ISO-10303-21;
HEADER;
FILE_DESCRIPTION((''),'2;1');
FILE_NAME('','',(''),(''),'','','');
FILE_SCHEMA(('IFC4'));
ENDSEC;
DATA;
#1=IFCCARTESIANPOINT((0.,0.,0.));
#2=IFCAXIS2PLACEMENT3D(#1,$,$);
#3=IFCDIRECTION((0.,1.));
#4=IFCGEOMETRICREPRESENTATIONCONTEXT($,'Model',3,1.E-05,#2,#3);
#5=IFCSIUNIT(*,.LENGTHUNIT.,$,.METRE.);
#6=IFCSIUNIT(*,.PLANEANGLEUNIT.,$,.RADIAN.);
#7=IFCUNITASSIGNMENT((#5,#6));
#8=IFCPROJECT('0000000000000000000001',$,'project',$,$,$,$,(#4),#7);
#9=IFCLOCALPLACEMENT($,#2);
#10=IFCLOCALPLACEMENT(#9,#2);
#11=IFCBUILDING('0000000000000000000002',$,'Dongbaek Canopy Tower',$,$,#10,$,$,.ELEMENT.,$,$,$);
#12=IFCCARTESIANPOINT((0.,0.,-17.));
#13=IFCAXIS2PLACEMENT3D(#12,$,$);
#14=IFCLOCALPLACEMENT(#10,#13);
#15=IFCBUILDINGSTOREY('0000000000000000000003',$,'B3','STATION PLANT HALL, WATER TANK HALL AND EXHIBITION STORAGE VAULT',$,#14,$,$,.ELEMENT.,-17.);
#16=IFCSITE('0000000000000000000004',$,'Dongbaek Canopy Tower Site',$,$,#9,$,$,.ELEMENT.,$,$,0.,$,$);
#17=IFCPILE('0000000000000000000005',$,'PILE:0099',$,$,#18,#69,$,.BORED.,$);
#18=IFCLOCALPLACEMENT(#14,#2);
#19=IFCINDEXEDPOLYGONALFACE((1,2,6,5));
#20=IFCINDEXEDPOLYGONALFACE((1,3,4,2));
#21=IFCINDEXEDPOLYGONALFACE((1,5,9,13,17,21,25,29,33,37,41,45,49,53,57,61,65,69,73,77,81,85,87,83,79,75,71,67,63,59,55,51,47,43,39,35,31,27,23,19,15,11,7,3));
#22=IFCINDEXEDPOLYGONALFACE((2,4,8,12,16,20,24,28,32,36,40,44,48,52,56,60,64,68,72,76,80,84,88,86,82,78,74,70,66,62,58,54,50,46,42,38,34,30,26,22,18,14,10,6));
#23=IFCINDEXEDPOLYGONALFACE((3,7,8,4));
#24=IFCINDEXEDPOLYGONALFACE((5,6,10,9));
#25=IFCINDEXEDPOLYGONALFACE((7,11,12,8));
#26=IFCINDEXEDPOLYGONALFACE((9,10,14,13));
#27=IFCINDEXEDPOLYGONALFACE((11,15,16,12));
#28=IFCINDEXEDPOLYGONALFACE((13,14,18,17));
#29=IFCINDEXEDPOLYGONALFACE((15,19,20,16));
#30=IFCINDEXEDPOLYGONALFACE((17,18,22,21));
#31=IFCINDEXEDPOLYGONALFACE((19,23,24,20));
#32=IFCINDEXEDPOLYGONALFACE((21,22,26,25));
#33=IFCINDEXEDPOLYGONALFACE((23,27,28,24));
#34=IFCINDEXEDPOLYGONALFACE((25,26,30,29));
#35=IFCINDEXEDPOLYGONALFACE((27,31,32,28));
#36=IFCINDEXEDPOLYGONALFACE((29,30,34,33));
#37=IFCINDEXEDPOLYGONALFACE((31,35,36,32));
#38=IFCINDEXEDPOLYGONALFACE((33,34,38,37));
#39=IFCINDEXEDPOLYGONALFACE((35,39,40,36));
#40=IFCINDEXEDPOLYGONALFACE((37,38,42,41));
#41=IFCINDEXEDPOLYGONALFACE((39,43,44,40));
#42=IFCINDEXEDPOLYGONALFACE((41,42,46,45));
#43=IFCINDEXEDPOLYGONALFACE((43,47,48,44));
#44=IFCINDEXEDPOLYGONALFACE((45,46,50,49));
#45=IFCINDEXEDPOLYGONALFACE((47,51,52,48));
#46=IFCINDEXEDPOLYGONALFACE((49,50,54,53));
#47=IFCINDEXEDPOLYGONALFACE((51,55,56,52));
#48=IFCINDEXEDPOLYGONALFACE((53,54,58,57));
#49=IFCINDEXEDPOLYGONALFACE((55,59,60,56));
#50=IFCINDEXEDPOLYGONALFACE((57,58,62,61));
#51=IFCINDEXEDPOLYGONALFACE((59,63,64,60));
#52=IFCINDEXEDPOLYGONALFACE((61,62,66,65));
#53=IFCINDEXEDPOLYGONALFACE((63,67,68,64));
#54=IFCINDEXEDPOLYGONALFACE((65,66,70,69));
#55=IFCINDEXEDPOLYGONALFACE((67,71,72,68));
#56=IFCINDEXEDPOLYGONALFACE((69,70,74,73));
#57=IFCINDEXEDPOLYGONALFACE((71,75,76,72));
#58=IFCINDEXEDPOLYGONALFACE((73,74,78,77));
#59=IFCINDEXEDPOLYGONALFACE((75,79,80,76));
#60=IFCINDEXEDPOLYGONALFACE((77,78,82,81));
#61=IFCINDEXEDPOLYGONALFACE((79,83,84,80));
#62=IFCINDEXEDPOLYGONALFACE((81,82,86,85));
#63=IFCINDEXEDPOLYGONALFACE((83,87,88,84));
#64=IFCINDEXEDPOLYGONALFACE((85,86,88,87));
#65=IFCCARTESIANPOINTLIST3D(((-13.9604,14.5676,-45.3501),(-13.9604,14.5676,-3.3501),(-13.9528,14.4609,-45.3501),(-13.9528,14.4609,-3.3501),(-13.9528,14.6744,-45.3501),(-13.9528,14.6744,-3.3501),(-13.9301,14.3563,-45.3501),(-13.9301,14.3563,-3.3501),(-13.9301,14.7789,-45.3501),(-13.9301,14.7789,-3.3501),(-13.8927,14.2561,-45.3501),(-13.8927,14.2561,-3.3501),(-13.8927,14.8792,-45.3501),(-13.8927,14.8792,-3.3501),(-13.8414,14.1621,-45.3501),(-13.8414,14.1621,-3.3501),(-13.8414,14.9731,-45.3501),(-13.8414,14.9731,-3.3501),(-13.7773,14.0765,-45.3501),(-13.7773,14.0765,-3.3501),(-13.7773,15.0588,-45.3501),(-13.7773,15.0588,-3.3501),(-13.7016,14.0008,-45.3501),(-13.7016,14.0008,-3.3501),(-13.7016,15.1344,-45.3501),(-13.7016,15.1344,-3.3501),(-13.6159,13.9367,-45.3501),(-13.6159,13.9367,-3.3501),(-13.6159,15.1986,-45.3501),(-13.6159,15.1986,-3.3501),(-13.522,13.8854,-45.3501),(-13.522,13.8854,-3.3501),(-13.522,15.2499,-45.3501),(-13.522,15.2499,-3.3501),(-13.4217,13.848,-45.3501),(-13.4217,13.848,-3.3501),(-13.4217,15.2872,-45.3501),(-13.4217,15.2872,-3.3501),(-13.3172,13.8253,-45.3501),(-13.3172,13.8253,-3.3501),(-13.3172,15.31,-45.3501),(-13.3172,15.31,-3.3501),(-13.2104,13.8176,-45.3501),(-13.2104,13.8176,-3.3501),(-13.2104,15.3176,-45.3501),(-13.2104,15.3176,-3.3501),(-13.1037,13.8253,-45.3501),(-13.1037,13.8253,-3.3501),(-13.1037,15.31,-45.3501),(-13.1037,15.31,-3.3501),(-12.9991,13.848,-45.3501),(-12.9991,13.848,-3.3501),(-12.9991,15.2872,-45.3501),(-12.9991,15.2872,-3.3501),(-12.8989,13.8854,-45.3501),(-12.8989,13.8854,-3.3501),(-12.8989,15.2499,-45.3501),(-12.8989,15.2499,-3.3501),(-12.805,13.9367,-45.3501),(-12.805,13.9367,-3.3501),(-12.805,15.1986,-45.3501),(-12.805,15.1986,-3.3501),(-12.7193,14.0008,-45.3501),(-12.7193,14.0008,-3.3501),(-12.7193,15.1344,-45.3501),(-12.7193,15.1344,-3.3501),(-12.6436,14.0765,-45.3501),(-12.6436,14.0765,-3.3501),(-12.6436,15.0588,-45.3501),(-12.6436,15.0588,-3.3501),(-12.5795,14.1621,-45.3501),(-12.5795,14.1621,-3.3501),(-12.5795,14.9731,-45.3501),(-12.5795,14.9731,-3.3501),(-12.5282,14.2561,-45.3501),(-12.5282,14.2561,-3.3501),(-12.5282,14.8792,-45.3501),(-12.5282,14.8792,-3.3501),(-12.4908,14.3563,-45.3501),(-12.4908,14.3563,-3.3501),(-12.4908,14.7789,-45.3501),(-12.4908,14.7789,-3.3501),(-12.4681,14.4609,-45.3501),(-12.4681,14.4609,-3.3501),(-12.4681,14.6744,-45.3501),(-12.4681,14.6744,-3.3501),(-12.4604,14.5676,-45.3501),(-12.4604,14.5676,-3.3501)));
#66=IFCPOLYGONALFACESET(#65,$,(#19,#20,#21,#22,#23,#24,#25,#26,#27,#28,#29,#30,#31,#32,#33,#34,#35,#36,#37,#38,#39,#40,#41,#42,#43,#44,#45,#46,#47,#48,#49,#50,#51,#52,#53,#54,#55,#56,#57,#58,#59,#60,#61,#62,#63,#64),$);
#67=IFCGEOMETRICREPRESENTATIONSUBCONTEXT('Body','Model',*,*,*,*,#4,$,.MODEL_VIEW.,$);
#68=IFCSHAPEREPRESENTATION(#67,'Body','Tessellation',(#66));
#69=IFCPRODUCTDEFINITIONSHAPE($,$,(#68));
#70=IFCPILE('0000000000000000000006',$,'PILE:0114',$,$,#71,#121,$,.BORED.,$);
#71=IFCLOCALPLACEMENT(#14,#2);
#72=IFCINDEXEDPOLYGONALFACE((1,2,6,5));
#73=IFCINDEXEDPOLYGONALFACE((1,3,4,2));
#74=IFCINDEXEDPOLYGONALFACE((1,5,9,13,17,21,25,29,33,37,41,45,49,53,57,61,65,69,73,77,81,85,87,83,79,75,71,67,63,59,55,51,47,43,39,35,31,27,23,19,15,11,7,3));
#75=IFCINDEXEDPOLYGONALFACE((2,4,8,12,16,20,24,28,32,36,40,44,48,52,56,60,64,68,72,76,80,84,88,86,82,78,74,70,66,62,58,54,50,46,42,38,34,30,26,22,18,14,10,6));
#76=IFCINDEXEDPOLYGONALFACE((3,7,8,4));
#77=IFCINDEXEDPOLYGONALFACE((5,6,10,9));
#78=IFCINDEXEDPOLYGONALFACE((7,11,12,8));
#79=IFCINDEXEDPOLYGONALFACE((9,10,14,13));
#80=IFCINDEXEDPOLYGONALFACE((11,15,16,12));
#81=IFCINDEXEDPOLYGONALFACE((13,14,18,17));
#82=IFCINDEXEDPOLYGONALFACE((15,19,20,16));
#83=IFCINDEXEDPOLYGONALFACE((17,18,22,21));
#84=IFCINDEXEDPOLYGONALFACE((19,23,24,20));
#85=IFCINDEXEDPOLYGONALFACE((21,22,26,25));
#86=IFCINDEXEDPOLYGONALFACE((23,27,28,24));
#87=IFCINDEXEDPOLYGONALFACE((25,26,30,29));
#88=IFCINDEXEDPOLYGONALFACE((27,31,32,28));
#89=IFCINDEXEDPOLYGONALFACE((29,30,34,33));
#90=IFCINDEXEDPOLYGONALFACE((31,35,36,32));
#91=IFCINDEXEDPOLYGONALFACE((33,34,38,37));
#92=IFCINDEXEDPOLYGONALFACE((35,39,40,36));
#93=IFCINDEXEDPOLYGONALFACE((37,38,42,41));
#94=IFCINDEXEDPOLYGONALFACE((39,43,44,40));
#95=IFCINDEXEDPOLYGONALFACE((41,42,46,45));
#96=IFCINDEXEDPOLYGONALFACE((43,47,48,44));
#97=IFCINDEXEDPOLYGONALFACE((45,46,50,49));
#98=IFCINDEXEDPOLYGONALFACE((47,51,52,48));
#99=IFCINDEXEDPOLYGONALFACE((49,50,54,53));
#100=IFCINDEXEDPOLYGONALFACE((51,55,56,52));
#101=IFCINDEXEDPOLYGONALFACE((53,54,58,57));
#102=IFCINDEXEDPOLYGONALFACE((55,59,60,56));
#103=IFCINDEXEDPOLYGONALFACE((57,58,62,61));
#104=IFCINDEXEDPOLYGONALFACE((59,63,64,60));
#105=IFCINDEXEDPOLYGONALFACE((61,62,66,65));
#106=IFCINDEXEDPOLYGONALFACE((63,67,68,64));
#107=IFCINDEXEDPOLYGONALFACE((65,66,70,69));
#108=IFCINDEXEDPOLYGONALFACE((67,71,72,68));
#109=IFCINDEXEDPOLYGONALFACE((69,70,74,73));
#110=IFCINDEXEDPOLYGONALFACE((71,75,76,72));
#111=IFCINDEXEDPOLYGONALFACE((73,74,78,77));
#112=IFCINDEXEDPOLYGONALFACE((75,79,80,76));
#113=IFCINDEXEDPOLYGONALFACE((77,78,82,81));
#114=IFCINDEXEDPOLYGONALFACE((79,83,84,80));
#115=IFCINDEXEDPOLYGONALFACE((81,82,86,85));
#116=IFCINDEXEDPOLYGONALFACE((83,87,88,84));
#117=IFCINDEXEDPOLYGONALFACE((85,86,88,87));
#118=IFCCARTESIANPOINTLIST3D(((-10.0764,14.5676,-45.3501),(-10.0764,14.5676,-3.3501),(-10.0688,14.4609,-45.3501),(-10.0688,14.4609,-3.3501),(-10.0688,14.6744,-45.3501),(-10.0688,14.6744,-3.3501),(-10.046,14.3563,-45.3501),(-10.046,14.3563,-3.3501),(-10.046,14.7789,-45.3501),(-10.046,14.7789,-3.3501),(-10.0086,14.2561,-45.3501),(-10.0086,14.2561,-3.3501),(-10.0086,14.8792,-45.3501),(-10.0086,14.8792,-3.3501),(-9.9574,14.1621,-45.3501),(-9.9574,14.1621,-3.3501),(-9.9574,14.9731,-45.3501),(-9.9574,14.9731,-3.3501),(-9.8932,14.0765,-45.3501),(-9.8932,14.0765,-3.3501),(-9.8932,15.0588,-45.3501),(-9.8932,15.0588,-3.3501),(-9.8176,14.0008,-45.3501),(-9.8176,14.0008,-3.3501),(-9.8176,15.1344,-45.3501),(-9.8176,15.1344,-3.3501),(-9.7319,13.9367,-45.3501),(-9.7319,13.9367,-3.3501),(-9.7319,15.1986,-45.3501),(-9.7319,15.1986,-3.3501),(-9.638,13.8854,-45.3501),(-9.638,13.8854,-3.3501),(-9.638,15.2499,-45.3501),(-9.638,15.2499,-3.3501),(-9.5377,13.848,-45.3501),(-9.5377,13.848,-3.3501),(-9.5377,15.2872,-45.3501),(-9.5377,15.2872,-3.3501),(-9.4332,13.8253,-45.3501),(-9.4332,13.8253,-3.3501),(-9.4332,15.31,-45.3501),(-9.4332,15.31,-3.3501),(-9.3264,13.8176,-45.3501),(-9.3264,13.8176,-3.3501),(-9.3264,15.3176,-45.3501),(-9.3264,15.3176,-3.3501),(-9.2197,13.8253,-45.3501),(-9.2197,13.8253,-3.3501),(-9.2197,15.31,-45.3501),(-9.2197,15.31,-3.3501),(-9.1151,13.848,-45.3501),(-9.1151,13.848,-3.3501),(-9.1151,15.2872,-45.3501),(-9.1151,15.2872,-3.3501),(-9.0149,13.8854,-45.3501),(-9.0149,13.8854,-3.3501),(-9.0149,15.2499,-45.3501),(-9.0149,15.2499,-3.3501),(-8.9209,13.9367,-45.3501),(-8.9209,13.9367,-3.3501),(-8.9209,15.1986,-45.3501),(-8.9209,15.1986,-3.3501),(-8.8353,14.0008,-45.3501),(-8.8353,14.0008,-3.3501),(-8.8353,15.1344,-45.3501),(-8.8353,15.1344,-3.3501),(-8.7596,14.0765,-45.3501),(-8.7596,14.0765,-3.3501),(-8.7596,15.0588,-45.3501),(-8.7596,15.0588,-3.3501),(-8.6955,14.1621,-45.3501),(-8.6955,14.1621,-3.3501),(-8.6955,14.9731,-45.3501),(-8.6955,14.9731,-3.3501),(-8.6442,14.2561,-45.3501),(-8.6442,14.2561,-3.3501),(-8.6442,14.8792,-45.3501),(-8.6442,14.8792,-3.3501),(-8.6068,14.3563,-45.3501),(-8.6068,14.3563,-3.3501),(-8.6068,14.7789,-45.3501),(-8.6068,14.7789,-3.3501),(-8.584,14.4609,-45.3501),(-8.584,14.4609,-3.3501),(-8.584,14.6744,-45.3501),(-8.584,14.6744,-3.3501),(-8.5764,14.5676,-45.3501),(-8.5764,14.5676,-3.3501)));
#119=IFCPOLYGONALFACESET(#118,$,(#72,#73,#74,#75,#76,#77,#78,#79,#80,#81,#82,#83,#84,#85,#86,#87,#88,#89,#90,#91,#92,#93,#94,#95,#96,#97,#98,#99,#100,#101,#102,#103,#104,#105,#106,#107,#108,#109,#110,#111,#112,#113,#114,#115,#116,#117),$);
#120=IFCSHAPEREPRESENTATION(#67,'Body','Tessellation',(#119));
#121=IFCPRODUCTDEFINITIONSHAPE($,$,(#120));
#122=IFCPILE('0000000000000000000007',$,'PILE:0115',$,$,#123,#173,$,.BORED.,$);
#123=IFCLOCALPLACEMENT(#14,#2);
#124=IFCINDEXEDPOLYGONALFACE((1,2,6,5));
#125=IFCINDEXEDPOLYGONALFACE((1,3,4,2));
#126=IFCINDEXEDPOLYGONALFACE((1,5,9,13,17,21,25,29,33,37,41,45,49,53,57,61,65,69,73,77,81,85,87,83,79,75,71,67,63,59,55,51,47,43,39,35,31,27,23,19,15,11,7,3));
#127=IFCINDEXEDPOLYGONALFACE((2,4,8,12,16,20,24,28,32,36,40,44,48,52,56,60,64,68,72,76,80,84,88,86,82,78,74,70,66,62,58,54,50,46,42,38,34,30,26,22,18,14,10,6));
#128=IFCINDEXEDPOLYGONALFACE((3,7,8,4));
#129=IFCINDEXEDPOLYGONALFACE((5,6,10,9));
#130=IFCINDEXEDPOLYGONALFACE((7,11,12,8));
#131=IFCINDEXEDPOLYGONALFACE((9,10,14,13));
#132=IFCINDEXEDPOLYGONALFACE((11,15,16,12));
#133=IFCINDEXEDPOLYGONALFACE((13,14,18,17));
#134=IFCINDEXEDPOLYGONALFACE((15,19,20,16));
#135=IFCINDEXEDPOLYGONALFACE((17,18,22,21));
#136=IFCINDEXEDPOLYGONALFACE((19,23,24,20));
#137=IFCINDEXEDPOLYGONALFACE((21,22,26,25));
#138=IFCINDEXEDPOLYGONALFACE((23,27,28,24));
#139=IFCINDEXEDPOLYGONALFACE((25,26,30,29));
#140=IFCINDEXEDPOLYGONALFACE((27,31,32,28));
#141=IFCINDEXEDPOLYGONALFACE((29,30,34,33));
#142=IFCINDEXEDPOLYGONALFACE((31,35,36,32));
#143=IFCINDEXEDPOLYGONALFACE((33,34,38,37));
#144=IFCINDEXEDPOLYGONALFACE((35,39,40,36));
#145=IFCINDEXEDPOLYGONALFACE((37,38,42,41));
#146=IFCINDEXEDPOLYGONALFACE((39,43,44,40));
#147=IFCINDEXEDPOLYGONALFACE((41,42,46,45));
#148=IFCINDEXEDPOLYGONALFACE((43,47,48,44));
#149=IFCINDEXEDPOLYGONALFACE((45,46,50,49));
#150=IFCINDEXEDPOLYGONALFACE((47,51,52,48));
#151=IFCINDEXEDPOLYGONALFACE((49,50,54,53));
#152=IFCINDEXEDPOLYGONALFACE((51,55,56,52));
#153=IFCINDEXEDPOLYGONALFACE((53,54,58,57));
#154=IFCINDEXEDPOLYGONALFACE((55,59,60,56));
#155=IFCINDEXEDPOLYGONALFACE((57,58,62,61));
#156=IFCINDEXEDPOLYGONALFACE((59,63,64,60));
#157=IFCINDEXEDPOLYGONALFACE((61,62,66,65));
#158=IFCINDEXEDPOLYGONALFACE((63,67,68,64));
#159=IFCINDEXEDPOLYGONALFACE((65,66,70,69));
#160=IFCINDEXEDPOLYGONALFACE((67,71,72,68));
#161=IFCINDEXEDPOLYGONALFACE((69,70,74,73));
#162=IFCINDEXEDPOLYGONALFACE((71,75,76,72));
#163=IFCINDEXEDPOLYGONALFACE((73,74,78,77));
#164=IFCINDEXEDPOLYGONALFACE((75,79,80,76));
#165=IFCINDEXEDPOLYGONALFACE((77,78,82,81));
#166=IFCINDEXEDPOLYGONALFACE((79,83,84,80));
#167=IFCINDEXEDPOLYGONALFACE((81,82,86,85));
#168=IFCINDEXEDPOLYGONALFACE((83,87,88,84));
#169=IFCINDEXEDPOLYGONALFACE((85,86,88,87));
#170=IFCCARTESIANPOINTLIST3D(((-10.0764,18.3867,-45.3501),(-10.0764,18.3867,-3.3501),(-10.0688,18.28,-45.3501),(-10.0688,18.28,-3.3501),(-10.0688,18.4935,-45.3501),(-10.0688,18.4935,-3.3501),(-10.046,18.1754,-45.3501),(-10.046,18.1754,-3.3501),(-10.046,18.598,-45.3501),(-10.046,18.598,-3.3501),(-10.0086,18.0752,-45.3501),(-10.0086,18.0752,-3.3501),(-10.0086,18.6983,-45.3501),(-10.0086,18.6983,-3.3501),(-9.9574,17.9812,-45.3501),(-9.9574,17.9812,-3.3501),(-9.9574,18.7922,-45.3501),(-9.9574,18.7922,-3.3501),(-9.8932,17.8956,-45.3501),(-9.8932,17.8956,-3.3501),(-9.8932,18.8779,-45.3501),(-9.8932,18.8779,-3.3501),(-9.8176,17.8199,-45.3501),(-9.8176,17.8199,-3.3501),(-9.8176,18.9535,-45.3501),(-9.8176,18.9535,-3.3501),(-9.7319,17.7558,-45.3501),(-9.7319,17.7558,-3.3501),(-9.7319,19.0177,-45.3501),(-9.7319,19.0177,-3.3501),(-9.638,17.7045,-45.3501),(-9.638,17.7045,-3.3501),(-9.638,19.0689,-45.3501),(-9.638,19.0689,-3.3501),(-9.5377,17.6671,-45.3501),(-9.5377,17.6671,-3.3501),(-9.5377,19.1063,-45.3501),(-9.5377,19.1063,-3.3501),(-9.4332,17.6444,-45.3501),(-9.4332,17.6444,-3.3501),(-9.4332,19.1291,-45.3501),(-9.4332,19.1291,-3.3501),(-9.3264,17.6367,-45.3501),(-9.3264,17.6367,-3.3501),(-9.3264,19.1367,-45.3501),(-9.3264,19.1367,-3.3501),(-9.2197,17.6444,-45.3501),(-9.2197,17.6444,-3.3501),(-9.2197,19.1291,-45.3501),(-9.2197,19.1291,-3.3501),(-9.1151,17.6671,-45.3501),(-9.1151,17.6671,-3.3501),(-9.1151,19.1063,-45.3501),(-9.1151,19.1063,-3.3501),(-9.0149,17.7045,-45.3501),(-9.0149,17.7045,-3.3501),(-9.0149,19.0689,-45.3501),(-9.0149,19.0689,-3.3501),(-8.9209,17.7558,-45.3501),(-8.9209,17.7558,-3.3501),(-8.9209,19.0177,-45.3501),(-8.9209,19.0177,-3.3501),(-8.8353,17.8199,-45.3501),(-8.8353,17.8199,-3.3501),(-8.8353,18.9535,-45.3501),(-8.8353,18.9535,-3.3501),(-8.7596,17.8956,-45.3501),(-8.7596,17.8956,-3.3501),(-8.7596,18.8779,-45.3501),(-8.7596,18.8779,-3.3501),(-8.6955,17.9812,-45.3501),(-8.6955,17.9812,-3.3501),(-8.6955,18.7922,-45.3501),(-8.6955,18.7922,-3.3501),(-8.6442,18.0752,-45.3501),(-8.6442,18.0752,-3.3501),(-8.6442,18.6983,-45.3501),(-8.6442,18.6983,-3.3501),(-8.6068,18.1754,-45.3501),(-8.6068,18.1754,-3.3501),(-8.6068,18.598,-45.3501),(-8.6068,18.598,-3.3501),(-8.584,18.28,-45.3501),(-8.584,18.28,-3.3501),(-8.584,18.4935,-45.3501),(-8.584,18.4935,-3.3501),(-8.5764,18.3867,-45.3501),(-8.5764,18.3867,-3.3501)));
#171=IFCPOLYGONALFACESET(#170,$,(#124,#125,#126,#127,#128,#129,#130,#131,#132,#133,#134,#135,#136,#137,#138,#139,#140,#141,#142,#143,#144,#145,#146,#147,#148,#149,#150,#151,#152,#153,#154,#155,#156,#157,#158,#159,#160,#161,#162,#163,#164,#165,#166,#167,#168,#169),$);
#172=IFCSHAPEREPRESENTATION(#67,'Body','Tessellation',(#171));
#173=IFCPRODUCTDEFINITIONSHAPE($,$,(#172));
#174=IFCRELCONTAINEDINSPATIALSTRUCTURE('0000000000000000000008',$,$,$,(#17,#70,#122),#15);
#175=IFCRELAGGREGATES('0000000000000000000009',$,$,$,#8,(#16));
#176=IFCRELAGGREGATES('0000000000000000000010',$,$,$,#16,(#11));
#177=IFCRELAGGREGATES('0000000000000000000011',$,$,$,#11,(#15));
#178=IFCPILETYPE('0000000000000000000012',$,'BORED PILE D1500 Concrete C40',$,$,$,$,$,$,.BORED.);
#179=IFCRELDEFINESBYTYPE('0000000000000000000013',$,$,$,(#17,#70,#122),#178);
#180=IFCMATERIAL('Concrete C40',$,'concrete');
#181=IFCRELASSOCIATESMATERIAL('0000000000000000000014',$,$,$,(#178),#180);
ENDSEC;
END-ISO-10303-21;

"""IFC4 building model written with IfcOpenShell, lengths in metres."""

from ifc_helpers import new_model, si_unit, direction, frame, origin, origin_2d, place, context, subcontext, project, spatial, circle, extrude, material, material_profile, profile_set, type_object, element, save


model = new_model("IFC4")

# Units and contexts
model_context = context("Model", 3, precision=1e-05, world=origin(), true_north=direction((0.0, 1.0)))
body_context = subcontext(model_context, "Body", "Model", "MODEL_VIEW")
ifc_project = project(units=[si_unit("LENGTHUNIT", "METRE"), si_unit("PLANEANGLEUNIT", "RADIAN")], contexts=[model_context])

# Site, building, storey
site_placement = place(None, origin())
site = spatial("IfcSite", under=ifc_project, at=site_placement, Name="Dongbaek Canopy Tower Site", CompositionType="ELEMENT", RefElevation=0.0)
building_placement = place(site_placement, origin())
building = spatial("IfcBuilding", under=site, at=building_placement, Name="Dongbaek Canopy Tower", CompositionType="ELEMENT")
storey_placement = place(building_placement, frame((0.0, 0.0, -17.0)))
storey = spatial("IfcBuildingStorey", under=building, at=storey_placement, Name="B3", Description="STATION PLANT HALL, WATER TANK HALL AND EXHIBITION STORAGE VAULT", CompositionType="ELEMENT", Elevation=-17.0)

# Piles
ifc_material_1 = material(Name="Concrete C40", Category="concrete")
ifc_material_profile_1 = material_profile(ifc_material_1, circle(Radius=0.75, at=origin_2d()), Name="BORED PILE D1500 Concrete C40")
ifc_profile_set_1 = profile_set([ifc_material_profile_1], Name="Concrete C40")
pile_type = type_object("IfcPileType", Name="BORED PILE D1500 Concrete C40", PredefinedType="BORED", material=ifc_profile_set_1)
for number, where, z_axis, x_axis, name in (
    (1, (-13.2104, 14.5676, -3.3501), (0.0, 0.0, -1.0), (1.0, 0.0, 0.0), "PILE:0099"),
    (2, (-9.3264, 14.5676, -3.3501), (0.0, 0.0, -1.0), (1.0, 0.0, 0.0), "PILE:0114"),
    (3, (-9.3264, 18.3867, -3.3501), (0.0, 0.0, -1.0), (1.0, 0.0, 0.0), "PILE:0115"),
):
    element("IfcPile", number, at=place(storey_placement, frame(where, z_axis=z_axis, x_axis=x_axis)), inside=storey, type_object=pile_type, Name=name, PredefinedType="BORED", context=body_context, shape_type="SweptSolid", body=[
        extrude(circle(Radius=0.75, at=origin_2d()), origin(), (0.0, 0.0, 1.0), 42.0),
    ])

save(model, "model.ifc")
